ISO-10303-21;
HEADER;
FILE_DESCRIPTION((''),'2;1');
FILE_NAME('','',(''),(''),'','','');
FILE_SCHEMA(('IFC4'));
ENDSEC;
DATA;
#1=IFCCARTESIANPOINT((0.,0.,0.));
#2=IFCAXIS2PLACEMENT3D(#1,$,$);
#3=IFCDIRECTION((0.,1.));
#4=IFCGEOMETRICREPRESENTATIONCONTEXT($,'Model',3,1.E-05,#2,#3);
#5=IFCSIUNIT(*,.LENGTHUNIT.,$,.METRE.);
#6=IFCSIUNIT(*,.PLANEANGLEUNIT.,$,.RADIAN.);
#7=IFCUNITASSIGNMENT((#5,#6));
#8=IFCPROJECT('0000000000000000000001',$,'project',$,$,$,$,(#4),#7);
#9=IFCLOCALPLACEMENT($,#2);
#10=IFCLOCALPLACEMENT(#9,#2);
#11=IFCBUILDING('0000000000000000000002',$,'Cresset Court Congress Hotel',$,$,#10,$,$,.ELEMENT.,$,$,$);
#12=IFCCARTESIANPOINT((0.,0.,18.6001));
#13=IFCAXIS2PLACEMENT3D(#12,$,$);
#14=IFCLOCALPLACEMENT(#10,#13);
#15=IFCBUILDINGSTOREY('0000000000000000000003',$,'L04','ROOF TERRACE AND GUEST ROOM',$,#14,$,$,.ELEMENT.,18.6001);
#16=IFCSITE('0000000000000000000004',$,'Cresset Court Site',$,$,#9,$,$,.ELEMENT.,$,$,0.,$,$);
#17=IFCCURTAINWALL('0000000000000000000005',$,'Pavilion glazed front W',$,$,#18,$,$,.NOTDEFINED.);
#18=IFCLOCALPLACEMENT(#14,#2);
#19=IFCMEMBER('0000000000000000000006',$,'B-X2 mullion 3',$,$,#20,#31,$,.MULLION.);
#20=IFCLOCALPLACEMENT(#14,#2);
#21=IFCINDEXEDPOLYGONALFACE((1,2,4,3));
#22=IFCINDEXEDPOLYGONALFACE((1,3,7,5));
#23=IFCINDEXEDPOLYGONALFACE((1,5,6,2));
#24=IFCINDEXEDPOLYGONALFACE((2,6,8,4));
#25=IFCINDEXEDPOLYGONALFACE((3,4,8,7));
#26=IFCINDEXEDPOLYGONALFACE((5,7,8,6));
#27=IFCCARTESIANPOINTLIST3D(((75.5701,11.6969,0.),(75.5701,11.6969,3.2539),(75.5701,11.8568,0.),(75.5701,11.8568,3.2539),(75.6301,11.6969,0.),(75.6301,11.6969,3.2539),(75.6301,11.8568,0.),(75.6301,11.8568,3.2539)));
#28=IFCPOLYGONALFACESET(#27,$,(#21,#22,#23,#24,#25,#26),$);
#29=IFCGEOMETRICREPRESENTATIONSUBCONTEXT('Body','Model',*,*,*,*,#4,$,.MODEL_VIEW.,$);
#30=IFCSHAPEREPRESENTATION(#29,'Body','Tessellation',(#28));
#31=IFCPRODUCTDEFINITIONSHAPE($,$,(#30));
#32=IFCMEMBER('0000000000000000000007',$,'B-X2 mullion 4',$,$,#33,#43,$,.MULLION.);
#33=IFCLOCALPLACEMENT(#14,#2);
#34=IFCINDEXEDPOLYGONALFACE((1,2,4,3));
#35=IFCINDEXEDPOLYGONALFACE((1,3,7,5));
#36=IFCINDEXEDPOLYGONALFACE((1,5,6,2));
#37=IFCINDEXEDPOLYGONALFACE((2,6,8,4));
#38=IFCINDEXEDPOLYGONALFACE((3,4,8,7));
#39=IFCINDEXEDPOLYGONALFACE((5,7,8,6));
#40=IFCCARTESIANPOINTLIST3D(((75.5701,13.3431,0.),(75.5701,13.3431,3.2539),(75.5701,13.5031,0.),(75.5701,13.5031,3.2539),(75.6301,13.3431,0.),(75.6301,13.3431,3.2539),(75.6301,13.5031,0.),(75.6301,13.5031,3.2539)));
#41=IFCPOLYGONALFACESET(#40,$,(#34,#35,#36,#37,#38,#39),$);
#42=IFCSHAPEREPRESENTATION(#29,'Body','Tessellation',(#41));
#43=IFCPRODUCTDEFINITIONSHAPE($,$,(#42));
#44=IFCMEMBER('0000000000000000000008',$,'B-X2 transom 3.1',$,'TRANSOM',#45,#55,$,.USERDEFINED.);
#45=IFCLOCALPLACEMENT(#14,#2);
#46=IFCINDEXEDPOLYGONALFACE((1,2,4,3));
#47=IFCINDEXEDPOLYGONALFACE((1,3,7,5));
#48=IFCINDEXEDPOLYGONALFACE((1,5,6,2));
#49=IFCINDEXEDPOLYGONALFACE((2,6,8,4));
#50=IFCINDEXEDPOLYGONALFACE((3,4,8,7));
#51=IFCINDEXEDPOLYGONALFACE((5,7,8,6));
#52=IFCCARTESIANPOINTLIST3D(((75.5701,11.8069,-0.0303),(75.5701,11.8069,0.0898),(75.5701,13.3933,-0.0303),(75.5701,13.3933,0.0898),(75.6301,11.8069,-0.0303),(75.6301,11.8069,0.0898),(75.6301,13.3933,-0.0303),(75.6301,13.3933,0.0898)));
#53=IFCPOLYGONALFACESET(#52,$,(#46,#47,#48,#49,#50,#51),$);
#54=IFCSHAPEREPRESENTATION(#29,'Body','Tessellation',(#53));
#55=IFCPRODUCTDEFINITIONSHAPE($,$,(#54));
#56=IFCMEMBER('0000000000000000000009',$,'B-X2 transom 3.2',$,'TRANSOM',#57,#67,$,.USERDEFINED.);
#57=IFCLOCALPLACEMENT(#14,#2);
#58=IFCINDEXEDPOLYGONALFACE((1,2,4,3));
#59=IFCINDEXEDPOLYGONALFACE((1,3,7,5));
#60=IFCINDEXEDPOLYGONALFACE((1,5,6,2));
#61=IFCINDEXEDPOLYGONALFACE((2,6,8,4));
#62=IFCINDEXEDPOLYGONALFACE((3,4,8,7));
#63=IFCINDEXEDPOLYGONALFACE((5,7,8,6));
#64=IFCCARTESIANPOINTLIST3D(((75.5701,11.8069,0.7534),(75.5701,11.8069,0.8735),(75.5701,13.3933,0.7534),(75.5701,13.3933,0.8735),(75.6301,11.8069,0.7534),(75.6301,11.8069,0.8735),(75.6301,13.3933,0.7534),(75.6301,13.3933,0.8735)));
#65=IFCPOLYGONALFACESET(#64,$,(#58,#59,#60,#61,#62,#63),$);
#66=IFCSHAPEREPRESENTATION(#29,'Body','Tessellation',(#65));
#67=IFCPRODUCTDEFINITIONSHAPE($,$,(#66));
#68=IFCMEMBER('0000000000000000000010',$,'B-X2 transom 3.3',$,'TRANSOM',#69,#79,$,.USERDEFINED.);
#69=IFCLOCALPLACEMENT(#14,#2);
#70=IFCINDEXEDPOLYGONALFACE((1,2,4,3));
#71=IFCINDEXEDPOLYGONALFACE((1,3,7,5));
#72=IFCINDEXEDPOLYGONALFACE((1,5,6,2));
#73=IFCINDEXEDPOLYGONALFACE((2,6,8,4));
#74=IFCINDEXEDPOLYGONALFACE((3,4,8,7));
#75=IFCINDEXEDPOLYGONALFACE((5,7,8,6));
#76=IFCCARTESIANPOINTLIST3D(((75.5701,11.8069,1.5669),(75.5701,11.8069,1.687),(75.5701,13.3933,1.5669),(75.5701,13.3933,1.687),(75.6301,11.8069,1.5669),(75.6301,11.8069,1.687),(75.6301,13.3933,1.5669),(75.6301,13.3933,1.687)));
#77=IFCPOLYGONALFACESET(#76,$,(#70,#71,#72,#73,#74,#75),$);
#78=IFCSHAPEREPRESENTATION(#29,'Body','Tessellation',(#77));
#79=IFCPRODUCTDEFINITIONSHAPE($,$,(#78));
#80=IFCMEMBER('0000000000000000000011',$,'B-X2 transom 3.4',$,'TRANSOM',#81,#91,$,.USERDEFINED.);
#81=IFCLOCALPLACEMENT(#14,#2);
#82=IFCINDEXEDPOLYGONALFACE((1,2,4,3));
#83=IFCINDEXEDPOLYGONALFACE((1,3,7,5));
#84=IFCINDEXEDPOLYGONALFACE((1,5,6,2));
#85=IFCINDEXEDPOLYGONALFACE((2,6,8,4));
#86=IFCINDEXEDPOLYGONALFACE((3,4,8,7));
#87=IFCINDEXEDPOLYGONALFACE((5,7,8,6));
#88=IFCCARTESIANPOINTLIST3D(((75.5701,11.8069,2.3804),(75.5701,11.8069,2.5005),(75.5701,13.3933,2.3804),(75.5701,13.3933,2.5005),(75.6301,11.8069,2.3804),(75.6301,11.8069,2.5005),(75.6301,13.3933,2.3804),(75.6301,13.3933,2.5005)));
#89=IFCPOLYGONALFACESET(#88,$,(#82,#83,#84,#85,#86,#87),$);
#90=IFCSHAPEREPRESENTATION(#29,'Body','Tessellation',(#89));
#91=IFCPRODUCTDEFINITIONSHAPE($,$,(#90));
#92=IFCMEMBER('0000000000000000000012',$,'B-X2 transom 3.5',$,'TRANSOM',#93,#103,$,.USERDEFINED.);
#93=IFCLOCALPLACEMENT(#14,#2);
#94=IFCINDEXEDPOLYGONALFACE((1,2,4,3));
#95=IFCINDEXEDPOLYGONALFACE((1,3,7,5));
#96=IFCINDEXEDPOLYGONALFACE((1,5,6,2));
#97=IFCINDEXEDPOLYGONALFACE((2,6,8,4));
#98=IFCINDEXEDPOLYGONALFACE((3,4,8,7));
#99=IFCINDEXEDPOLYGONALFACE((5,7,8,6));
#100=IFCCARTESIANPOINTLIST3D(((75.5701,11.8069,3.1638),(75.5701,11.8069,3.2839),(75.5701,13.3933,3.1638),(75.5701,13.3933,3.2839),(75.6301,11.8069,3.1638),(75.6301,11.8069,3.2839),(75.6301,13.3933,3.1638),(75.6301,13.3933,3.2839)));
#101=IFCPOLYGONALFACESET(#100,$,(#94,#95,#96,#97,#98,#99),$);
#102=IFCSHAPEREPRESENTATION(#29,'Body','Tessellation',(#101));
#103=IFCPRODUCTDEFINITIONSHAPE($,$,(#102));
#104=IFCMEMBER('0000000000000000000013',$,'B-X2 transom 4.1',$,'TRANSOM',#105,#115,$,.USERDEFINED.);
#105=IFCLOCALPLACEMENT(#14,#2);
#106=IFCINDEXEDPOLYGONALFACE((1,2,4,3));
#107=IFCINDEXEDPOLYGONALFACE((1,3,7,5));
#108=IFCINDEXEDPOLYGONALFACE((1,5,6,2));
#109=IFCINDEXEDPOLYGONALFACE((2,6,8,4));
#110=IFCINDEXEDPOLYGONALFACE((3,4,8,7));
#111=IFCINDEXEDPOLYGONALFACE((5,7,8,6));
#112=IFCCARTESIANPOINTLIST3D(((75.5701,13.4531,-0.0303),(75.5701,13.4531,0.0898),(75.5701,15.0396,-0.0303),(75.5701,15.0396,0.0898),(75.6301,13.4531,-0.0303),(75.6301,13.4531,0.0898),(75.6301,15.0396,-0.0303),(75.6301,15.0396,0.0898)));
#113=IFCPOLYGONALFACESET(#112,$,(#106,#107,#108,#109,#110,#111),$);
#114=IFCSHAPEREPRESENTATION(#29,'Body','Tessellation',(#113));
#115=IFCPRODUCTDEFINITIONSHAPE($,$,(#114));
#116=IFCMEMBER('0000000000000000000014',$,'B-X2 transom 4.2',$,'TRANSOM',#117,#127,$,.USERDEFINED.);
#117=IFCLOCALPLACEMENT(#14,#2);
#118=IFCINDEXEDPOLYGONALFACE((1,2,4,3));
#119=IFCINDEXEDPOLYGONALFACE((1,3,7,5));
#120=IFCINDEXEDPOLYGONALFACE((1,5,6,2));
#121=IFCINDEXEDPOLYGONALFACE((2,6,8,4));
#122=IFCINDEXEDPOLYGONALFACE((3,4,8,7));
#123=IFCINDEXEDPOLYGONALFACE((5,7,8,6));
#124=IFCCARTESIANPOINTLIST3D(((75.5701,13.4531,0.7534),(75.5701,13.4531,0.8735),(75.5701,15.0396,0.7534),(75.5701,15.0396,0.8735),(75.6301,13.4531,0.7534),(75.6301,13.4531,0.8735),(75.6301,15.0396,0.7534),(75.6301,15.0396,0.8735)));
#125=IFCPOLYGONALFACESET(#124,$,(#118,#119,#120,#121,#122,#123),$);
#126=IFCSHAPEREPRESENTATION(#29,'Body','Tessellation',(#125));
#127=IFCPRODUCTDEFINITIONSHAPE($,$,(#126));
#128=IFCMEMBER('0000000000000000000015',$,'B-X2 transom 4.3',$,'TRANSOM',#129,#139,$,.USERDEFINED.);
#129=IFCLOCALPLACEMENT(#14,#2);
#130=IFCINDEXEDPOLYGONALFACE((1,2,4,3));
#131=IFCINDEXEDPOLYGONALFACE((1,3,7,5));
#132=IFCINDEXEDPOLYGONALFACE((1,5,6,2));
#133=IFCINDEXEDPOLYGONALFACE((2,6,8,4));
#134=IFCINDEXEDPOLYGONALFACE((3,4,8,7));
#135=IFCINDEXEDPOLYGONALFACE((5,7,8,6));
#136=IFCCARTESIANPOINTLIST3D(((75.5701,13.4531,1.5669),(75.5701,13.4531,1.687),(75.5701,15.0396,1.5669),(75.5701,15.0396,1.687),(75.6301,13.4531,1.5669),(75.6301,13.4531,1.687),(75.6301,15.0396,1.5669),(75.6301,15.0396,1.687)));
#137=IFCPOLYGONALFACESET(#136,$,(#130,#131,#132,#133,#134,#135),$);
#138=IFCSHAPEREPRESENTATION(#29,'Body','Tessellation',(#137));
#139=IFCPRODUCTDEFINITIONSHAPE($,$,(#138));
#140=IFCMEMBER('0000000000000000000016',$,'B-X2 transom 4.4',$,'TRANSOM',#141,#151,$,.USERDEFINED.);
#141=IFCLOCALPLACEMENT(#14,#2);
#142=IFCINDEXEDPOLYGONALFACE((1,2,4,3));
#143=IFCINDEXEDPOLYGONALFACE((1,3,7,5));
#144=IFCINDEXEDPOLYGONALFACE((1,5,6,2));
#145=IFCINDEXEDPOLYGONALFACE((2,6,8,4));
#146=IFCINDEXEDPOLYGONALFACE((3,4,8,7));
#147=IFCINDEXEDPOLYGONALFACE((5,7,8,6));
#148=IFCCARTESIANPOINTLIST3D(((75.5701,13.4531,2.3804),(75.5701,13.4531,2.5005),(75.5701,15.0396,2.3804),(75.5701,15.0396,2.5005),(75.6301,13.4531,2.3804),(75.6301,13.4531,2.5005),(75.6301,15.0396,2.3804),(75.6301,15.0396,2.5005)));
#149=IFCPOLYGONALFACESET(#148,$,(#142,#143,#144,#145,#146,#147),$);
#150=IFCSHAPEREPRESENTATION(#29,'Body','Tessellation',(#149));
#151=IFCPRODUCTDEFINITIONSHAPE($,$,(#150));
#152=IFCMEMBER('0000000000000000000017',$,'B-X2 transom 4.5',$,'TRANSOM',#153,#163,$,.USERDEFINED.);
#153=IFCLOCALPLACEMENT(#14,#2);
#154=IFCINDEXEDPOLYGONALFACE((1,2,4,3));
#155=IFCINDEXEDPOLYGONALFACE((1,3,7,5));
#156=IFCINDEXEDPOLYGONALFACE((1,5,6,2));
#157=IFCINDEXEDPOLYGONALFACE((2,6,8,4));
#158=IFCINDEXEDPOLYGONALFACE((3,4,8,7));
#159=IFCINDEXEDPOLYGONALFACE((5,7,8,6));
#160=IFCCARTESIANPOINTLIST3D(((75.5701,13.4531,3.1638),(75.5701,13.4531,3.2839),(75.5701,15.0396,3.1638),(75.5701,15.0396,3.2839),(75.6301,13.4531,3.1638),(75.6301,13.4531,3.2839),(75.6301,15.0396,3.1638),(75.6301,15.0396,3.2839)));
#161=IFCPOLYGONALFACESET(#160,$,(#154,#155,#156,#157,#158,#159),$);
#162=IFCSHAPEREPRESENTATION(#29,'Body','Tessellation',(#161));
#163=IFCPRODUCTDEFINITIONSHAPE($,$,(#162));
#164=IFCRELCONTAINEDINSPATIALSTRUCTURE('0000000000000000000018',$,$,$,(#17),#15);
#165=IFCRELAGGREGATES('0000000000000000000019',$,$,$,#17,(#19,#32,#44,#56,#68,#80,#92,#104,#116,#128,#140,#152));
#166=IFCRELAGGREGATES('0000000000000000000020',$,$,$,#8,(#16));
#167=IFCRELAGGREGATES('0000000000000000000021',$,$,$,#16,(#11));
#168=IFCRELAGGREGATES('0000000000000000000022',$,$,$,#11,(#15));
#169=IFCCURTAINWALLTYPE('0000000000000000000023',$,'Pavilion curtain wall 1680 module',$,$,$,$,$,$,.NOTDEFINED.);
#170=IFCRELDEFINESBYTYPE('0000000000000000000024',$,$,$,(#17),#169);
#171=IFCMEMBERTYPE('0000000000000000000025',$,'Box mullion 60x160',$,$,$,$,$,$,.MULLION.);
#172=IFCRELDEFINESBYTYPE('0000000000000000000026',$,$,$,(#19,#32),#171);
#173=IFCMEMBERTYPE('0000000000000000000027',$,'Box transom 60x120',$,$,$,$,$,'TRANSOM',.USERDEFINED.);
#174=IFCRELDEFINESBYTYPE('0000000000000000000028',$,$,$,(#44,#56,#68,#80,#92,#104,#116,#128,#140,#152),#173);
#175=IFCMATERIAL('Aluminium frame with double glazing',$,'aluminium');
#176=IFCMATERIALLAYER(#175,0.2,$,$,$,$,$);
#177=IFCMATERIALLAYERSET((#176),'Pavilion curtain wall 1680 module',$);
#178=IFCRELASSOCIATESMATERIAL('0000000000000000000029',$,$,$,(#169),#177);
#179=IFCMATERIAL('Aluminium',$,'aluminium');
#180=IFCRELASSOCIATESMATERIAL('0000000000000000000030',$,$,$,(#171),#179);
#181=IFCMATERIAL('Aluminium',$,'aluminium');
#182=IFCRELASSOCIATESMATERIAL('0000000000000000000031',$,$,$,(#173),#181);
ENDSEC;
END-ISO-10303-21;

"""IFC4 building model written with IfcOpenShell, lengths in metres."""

from ifc_helpers import new_model, si_unit, direction, frame, origin, origin_2d, place, context, subcontext, project, spatial, rectangle, extrude, material, layer, layer_set, material_profile, profile_set, type_object, element, aggregate, save


model = new_model("IFC4")

# Units and contexts
model_context = context("Model", 3, precision=1e-05, world=origin(), true_north=direction((0.0, 1.0)))
body_context = subcontext(model_context, "Body", "Model", "MODEL_VIEW")
ifc_project = project(units=[si_unit("LENGTHUNIT", "METRE"), si_unit("PLANEANGLEUNIT", "RADIAN")], contexts=[model_context])

# Site, building, storey
site_placement = place(None, origin())
site = spatial("IfcSite", under=ifc_project, at=site_placement, Name="Cresset Court Site", CompositionType="ELEMENT", RefElevation=0.0)
building_placement = place(site_placement, origin())
building = spatial("IfcBuilding", under=site, at=building_placement, Name="Cresset Court Congress Hotel", CompositionType="ELEMENT")
storey_placement = place(building_placement, frame((0.0, 0.0, 18.6001)))
storey = spatial("IfcBuildingStorey", under=building, at=storey_placement, Name="L04", Description="ROOF TERRACE AND GUEST ROOM", CompositionType="ELEMENT", Elevation=18.6001)

# Curtain wall, members
ifc_material_1 = material(Name="Aluminium frame with double glazing", Category="aluminium")
ifc_layer_1 = layer(ifc_material_1, 0.2)
ifc_layer_set_1 = layer_set([ifc_layer_1], Name="Pavilion curtain wall 1680 module")
curtain_wall_type = type_object("IfcCurtainWallType", Name="Pavilion curtain wall 1680 module", PredefinedType="NOTDEFINED", material=ifc_layer_set_1)
curtain_wall_placement = place(storey_placement, origin())
curtain_wall = element("IfcCurtainWall", 1, at=curtain_wall_placement, inside=storey, type_object=curtain_wall_type, Name="Pavilion glazed front W", PredefinedType="NOTDEFINED")
ifc_material_2 = material(Name="Aluminium", Category="aluminium")
ifc_material_profile_1 = material_profile(ifc_material_2, rectangle(XDim=0.0601, YDim=0.1599, at=origin_2d()), Name="Box mullion 60x160")
ifc_profile_set_1 = profile_set([ifc_material_profile_1], Name="Aluminium")
member_type_1 = type_object("IfcMemberType", Name="Box mullion 60x160", PredefinedType="MULLION", material=ifc_profile_set_1)
member_1_placement = place(storey_placement, frame((75.6001, 11.7769, 0.0), z_axis=(0.0, 0.0, 1.0), x_axis=(-1.0, 0.0, 0.0)))
member_1 = element("IfcMember", 2, at=member_1_placement, type_object=member_type_1, Name="B-X2 mullion 3", PredefinedType="MULLION", context=body_context, shape_type="SweptSolid", body=[
    extrude(rectangle(XDim=0.0601, YDim=0.1599, at=origin_2d()), origin(), (0.0, 0.0, 1.0), 3.2539),
])
member_2_placement = place(storey_placement, frame((75.6001, 13.4231, 0.0), z_axis=(0.0, 0.0, 1.0), x_axis=(-1.0, 0.0, 0.0)))
member_2 = element("IfcMember", 3, at=member_2_placement, type_object=member_type_1, Name="B-X2 mullion 4", PredefinedType="MULLION", context=body_context, shape_type="SweptSolid", body=[
    extrude(rectangle(XDim=0.0601, YDim=0.1599, at=origin_2d()), origin(), (0.0, 0.0, 1.0), 3.2539),
])
ifc_material_3 = material(Name="Aluminium", Category="aluminium")
ifc_material_profile_2 = material_profile(ifc_material_3, rectangle(XDim=0.0601, YDim=0.1201, at=origin_2d()), Name="Box transom 60x120")
ifc_profile_set_2 = profile_set([ifc_material_profile_2], Name="Aluminium")
member_type_2 = type_object("IfcMemberType", Name="Box transom 60x120", ElementType="TRANSOM", PredefinedType="USERDEFINED", material=ifc_profile_set_2)
member_3_placement = place(storey_placement, frame((75.6001, 11.8069, 0.0298), z_axis=(0.0, 1.0, 0.0), x_axis=(-1.0, 0.0, 0.0)))
member_3 = element("IfcMember", 4, at=member_3_placement, type_object=member_type_2, Name="B-X2 transom 3.1", ObjectType="TRANSOM", PredefinedType="USERDEFINED", context=body_context, shape_type="SweptSolid", body=[
    extrude(rectangle(XDim=0.0601, YDim=0.1201, at=origin_2d()), origin(), (0.0, 0.0, 1.0), 1.5864),
])
member_4_placement = place(storey_placement, frame((75.6001, 11.8069, 0.8135), z_axis=(0.0, 1.0, 0.0), x_axis=(-1.0, 0.0, 0.0)))
member_4 = element("IfcMember", 5, at=member_4_placement, type_object=member_type_2, Name="B-X2 transom 3.2", ObjectType="TRANSOM", PredefinedType="USERDEFINED", context=body_context, shape_type="SweptSolid", body=[
    extrude(rectangle(XDim=0.0601, YDim=0.1201, at=origin_2d()), origin(), (0.0, 0.0, 1.0), 1.5864),
])
member_5_placement = place(storey_placement, frame((75.6001, 11.8069, 1.627), z_axis=(0.0, 1.0, 0.0), x_axis=(-1.0, 0.0, 0.0)))
member_5 = element("IfcMember", 6, at=member_5_placement, type_object=member_type_2, Name="B-X2 transom 3.3", ObjectType="TRANSOM", PredefinedType="USERDEFINED", context=body_context, shape_type="SweptSolid", body=[
    extrude(rectangle(XDim=0.0601, YDim=0.1201, at=origin_2d()), origin(), (0.0, 0.0, 1.0), 1.5864),
])
member_6_placement = place(storey_placement, frame((75.6001, 11.8069, 2.4404), z_axis=(0.0, 1.0, 0.0), x_axis=(-1.0, 0.0, 0.0)))
member_6 = element("IfcMember", 7, at=member_6_placement, type_object=member_type_2, Name="B-X2 transom 3.4", ObjectType="TRANSOM", PredefinedType="USERDEFINED", context=body_context, shape_type="SweptSolid", body=[
    extrude(rectangle(XDim=0.0601, YDim=0.1201, at=origin_2d()), origin(), (0.0, 0.0, 1.0), 1.5864),
])
member_7_placement = place(storey_placement, frame((75.6001, 11.8069, 3.2239), z_axis=(0.0, 1.0, 0.0), x_axis=(-1.0, 0.0, 0.0)))
member_7 = element("IfcMember", 8, at=member_7_placement, type_object=member_type_2, Name="B-X2 transom 3.5", ObjectType="TRANSOM", PredefinedType="USERDEFINED", context=body_context, shape_type="SweptSolid", body=[
    extrude(rectangle(XDim=0.0601, YDim=0.1201, at=origin_2d()), origin(), (0.0, 0.0, 1.0), 1.5864),
])
member_8_placement = place(storey_placement, frame((75.6001, 13.4531, 0.0298), z_axis=(0.0, 1.0, 0.0), x_axis=(-1.0, 0.0, 0.0)))
member_8 = element("IfcMember", 9, at=member_8_placement, type_object=member_type_2, Name="B-X2 transom 4.1", ObjectType="TRANSOM", PredefinedType="USERDEFINED", context=body_context, shape_type="SweptSolid", body=[
    extrude(rectangle(XDim=0.0601, YDim=0.1201, at=origin_2d()), origin(), (0.0, 0.0, 1.0), 1.5864),
])
member_9_placement = place(storey_placement, frame((75.6001, 13.4531, 0.8135), z_axis=(0.0, 1.0, 0.0), x_axis=(-1.0, 0.0, 0.0)))
member_9 = element("IfcMember", 10, at=member_9_placement, type_object=member_type_2, Name="B-X2 transom 4.2", ObjectType="TRANSOM", PredefinedType="USERDEFINED", context=body_context, shape_type="SweptSolid", body=[
    extrude(rectangle(XDim=0.0601, YDim=0.1201, at=origin_2d()), origin(), (0.0, 0.0, 1.0), 1.5864),
])
member_10_placement = place(storey_placement, frame((75.6001, 13.4531, 1.627), z_axis=(0.0, 1.0, 0.0), x_axis=(-1.0, 0.0, 0.0)))
member_10 = element("IfcMember", 11, at=member_10_placement, type_object=member_type_2, Name="B-X2 transom 4.3", ObjectType="TRANSOM", PredefinedType="USERDEFINED", context=body_context, shape_type="SweptSolid", body=[
    extrude(rectangle(XDim=0.0601, YDim=0.1201, at=origin_2d()), origin(), (0.0, 0.0, 1.0), 1.5864),
])
member_11_placement = place(storey_placement, frame((75.6001, 13.4531, 2.4404), z_axis=(0.0, 1.0, 0.0), x_axis=(-1.0, 0.0, 0.0)))
member_11 = element("IfcMember", 12, at=member_11_placement, type_object=member_type_2, Name="B-X2 transom 4.4", ObjectType="TRANSOM", PredefinedType="USERDEFINED", context=body_context, shape_type="SweptSolid", body=[
    extrude(rectangle(XDim=0.0601, YDim=0.1201, at=origin_2d()), origin(), (0.0, 0.0, 1.0), 1.5864),
])
member_12_placement = place(storey_placement, frame((75.6001, 13.4531, 3.2239), z_axis=(0.0, 1.0, 0.0), x_axis=(-1.0, 0.0, 0.0)))
member_12 = element("IfcMember", 13, at=member_12_placement, type_object=member_type_2, Name="B-X2 transom 4.5", ObjectType="TRANSOM", PredefinedType="USERDEFINED", context=body_context, shape_type="SweptSolid", body=[
    extrude(rectangle(XDim=0.0601, YDim=0.1201, at=origin_2d()), origin(), (0.0, 0.0, 1.0), 1.5864),
])

aggregate(curtain_wall, [member_1, member_2, member_3, member_4, member_5, member_6, member_7, member_8, member_9, member_10, member_11, member_12])

save(model, "model.ifc")
